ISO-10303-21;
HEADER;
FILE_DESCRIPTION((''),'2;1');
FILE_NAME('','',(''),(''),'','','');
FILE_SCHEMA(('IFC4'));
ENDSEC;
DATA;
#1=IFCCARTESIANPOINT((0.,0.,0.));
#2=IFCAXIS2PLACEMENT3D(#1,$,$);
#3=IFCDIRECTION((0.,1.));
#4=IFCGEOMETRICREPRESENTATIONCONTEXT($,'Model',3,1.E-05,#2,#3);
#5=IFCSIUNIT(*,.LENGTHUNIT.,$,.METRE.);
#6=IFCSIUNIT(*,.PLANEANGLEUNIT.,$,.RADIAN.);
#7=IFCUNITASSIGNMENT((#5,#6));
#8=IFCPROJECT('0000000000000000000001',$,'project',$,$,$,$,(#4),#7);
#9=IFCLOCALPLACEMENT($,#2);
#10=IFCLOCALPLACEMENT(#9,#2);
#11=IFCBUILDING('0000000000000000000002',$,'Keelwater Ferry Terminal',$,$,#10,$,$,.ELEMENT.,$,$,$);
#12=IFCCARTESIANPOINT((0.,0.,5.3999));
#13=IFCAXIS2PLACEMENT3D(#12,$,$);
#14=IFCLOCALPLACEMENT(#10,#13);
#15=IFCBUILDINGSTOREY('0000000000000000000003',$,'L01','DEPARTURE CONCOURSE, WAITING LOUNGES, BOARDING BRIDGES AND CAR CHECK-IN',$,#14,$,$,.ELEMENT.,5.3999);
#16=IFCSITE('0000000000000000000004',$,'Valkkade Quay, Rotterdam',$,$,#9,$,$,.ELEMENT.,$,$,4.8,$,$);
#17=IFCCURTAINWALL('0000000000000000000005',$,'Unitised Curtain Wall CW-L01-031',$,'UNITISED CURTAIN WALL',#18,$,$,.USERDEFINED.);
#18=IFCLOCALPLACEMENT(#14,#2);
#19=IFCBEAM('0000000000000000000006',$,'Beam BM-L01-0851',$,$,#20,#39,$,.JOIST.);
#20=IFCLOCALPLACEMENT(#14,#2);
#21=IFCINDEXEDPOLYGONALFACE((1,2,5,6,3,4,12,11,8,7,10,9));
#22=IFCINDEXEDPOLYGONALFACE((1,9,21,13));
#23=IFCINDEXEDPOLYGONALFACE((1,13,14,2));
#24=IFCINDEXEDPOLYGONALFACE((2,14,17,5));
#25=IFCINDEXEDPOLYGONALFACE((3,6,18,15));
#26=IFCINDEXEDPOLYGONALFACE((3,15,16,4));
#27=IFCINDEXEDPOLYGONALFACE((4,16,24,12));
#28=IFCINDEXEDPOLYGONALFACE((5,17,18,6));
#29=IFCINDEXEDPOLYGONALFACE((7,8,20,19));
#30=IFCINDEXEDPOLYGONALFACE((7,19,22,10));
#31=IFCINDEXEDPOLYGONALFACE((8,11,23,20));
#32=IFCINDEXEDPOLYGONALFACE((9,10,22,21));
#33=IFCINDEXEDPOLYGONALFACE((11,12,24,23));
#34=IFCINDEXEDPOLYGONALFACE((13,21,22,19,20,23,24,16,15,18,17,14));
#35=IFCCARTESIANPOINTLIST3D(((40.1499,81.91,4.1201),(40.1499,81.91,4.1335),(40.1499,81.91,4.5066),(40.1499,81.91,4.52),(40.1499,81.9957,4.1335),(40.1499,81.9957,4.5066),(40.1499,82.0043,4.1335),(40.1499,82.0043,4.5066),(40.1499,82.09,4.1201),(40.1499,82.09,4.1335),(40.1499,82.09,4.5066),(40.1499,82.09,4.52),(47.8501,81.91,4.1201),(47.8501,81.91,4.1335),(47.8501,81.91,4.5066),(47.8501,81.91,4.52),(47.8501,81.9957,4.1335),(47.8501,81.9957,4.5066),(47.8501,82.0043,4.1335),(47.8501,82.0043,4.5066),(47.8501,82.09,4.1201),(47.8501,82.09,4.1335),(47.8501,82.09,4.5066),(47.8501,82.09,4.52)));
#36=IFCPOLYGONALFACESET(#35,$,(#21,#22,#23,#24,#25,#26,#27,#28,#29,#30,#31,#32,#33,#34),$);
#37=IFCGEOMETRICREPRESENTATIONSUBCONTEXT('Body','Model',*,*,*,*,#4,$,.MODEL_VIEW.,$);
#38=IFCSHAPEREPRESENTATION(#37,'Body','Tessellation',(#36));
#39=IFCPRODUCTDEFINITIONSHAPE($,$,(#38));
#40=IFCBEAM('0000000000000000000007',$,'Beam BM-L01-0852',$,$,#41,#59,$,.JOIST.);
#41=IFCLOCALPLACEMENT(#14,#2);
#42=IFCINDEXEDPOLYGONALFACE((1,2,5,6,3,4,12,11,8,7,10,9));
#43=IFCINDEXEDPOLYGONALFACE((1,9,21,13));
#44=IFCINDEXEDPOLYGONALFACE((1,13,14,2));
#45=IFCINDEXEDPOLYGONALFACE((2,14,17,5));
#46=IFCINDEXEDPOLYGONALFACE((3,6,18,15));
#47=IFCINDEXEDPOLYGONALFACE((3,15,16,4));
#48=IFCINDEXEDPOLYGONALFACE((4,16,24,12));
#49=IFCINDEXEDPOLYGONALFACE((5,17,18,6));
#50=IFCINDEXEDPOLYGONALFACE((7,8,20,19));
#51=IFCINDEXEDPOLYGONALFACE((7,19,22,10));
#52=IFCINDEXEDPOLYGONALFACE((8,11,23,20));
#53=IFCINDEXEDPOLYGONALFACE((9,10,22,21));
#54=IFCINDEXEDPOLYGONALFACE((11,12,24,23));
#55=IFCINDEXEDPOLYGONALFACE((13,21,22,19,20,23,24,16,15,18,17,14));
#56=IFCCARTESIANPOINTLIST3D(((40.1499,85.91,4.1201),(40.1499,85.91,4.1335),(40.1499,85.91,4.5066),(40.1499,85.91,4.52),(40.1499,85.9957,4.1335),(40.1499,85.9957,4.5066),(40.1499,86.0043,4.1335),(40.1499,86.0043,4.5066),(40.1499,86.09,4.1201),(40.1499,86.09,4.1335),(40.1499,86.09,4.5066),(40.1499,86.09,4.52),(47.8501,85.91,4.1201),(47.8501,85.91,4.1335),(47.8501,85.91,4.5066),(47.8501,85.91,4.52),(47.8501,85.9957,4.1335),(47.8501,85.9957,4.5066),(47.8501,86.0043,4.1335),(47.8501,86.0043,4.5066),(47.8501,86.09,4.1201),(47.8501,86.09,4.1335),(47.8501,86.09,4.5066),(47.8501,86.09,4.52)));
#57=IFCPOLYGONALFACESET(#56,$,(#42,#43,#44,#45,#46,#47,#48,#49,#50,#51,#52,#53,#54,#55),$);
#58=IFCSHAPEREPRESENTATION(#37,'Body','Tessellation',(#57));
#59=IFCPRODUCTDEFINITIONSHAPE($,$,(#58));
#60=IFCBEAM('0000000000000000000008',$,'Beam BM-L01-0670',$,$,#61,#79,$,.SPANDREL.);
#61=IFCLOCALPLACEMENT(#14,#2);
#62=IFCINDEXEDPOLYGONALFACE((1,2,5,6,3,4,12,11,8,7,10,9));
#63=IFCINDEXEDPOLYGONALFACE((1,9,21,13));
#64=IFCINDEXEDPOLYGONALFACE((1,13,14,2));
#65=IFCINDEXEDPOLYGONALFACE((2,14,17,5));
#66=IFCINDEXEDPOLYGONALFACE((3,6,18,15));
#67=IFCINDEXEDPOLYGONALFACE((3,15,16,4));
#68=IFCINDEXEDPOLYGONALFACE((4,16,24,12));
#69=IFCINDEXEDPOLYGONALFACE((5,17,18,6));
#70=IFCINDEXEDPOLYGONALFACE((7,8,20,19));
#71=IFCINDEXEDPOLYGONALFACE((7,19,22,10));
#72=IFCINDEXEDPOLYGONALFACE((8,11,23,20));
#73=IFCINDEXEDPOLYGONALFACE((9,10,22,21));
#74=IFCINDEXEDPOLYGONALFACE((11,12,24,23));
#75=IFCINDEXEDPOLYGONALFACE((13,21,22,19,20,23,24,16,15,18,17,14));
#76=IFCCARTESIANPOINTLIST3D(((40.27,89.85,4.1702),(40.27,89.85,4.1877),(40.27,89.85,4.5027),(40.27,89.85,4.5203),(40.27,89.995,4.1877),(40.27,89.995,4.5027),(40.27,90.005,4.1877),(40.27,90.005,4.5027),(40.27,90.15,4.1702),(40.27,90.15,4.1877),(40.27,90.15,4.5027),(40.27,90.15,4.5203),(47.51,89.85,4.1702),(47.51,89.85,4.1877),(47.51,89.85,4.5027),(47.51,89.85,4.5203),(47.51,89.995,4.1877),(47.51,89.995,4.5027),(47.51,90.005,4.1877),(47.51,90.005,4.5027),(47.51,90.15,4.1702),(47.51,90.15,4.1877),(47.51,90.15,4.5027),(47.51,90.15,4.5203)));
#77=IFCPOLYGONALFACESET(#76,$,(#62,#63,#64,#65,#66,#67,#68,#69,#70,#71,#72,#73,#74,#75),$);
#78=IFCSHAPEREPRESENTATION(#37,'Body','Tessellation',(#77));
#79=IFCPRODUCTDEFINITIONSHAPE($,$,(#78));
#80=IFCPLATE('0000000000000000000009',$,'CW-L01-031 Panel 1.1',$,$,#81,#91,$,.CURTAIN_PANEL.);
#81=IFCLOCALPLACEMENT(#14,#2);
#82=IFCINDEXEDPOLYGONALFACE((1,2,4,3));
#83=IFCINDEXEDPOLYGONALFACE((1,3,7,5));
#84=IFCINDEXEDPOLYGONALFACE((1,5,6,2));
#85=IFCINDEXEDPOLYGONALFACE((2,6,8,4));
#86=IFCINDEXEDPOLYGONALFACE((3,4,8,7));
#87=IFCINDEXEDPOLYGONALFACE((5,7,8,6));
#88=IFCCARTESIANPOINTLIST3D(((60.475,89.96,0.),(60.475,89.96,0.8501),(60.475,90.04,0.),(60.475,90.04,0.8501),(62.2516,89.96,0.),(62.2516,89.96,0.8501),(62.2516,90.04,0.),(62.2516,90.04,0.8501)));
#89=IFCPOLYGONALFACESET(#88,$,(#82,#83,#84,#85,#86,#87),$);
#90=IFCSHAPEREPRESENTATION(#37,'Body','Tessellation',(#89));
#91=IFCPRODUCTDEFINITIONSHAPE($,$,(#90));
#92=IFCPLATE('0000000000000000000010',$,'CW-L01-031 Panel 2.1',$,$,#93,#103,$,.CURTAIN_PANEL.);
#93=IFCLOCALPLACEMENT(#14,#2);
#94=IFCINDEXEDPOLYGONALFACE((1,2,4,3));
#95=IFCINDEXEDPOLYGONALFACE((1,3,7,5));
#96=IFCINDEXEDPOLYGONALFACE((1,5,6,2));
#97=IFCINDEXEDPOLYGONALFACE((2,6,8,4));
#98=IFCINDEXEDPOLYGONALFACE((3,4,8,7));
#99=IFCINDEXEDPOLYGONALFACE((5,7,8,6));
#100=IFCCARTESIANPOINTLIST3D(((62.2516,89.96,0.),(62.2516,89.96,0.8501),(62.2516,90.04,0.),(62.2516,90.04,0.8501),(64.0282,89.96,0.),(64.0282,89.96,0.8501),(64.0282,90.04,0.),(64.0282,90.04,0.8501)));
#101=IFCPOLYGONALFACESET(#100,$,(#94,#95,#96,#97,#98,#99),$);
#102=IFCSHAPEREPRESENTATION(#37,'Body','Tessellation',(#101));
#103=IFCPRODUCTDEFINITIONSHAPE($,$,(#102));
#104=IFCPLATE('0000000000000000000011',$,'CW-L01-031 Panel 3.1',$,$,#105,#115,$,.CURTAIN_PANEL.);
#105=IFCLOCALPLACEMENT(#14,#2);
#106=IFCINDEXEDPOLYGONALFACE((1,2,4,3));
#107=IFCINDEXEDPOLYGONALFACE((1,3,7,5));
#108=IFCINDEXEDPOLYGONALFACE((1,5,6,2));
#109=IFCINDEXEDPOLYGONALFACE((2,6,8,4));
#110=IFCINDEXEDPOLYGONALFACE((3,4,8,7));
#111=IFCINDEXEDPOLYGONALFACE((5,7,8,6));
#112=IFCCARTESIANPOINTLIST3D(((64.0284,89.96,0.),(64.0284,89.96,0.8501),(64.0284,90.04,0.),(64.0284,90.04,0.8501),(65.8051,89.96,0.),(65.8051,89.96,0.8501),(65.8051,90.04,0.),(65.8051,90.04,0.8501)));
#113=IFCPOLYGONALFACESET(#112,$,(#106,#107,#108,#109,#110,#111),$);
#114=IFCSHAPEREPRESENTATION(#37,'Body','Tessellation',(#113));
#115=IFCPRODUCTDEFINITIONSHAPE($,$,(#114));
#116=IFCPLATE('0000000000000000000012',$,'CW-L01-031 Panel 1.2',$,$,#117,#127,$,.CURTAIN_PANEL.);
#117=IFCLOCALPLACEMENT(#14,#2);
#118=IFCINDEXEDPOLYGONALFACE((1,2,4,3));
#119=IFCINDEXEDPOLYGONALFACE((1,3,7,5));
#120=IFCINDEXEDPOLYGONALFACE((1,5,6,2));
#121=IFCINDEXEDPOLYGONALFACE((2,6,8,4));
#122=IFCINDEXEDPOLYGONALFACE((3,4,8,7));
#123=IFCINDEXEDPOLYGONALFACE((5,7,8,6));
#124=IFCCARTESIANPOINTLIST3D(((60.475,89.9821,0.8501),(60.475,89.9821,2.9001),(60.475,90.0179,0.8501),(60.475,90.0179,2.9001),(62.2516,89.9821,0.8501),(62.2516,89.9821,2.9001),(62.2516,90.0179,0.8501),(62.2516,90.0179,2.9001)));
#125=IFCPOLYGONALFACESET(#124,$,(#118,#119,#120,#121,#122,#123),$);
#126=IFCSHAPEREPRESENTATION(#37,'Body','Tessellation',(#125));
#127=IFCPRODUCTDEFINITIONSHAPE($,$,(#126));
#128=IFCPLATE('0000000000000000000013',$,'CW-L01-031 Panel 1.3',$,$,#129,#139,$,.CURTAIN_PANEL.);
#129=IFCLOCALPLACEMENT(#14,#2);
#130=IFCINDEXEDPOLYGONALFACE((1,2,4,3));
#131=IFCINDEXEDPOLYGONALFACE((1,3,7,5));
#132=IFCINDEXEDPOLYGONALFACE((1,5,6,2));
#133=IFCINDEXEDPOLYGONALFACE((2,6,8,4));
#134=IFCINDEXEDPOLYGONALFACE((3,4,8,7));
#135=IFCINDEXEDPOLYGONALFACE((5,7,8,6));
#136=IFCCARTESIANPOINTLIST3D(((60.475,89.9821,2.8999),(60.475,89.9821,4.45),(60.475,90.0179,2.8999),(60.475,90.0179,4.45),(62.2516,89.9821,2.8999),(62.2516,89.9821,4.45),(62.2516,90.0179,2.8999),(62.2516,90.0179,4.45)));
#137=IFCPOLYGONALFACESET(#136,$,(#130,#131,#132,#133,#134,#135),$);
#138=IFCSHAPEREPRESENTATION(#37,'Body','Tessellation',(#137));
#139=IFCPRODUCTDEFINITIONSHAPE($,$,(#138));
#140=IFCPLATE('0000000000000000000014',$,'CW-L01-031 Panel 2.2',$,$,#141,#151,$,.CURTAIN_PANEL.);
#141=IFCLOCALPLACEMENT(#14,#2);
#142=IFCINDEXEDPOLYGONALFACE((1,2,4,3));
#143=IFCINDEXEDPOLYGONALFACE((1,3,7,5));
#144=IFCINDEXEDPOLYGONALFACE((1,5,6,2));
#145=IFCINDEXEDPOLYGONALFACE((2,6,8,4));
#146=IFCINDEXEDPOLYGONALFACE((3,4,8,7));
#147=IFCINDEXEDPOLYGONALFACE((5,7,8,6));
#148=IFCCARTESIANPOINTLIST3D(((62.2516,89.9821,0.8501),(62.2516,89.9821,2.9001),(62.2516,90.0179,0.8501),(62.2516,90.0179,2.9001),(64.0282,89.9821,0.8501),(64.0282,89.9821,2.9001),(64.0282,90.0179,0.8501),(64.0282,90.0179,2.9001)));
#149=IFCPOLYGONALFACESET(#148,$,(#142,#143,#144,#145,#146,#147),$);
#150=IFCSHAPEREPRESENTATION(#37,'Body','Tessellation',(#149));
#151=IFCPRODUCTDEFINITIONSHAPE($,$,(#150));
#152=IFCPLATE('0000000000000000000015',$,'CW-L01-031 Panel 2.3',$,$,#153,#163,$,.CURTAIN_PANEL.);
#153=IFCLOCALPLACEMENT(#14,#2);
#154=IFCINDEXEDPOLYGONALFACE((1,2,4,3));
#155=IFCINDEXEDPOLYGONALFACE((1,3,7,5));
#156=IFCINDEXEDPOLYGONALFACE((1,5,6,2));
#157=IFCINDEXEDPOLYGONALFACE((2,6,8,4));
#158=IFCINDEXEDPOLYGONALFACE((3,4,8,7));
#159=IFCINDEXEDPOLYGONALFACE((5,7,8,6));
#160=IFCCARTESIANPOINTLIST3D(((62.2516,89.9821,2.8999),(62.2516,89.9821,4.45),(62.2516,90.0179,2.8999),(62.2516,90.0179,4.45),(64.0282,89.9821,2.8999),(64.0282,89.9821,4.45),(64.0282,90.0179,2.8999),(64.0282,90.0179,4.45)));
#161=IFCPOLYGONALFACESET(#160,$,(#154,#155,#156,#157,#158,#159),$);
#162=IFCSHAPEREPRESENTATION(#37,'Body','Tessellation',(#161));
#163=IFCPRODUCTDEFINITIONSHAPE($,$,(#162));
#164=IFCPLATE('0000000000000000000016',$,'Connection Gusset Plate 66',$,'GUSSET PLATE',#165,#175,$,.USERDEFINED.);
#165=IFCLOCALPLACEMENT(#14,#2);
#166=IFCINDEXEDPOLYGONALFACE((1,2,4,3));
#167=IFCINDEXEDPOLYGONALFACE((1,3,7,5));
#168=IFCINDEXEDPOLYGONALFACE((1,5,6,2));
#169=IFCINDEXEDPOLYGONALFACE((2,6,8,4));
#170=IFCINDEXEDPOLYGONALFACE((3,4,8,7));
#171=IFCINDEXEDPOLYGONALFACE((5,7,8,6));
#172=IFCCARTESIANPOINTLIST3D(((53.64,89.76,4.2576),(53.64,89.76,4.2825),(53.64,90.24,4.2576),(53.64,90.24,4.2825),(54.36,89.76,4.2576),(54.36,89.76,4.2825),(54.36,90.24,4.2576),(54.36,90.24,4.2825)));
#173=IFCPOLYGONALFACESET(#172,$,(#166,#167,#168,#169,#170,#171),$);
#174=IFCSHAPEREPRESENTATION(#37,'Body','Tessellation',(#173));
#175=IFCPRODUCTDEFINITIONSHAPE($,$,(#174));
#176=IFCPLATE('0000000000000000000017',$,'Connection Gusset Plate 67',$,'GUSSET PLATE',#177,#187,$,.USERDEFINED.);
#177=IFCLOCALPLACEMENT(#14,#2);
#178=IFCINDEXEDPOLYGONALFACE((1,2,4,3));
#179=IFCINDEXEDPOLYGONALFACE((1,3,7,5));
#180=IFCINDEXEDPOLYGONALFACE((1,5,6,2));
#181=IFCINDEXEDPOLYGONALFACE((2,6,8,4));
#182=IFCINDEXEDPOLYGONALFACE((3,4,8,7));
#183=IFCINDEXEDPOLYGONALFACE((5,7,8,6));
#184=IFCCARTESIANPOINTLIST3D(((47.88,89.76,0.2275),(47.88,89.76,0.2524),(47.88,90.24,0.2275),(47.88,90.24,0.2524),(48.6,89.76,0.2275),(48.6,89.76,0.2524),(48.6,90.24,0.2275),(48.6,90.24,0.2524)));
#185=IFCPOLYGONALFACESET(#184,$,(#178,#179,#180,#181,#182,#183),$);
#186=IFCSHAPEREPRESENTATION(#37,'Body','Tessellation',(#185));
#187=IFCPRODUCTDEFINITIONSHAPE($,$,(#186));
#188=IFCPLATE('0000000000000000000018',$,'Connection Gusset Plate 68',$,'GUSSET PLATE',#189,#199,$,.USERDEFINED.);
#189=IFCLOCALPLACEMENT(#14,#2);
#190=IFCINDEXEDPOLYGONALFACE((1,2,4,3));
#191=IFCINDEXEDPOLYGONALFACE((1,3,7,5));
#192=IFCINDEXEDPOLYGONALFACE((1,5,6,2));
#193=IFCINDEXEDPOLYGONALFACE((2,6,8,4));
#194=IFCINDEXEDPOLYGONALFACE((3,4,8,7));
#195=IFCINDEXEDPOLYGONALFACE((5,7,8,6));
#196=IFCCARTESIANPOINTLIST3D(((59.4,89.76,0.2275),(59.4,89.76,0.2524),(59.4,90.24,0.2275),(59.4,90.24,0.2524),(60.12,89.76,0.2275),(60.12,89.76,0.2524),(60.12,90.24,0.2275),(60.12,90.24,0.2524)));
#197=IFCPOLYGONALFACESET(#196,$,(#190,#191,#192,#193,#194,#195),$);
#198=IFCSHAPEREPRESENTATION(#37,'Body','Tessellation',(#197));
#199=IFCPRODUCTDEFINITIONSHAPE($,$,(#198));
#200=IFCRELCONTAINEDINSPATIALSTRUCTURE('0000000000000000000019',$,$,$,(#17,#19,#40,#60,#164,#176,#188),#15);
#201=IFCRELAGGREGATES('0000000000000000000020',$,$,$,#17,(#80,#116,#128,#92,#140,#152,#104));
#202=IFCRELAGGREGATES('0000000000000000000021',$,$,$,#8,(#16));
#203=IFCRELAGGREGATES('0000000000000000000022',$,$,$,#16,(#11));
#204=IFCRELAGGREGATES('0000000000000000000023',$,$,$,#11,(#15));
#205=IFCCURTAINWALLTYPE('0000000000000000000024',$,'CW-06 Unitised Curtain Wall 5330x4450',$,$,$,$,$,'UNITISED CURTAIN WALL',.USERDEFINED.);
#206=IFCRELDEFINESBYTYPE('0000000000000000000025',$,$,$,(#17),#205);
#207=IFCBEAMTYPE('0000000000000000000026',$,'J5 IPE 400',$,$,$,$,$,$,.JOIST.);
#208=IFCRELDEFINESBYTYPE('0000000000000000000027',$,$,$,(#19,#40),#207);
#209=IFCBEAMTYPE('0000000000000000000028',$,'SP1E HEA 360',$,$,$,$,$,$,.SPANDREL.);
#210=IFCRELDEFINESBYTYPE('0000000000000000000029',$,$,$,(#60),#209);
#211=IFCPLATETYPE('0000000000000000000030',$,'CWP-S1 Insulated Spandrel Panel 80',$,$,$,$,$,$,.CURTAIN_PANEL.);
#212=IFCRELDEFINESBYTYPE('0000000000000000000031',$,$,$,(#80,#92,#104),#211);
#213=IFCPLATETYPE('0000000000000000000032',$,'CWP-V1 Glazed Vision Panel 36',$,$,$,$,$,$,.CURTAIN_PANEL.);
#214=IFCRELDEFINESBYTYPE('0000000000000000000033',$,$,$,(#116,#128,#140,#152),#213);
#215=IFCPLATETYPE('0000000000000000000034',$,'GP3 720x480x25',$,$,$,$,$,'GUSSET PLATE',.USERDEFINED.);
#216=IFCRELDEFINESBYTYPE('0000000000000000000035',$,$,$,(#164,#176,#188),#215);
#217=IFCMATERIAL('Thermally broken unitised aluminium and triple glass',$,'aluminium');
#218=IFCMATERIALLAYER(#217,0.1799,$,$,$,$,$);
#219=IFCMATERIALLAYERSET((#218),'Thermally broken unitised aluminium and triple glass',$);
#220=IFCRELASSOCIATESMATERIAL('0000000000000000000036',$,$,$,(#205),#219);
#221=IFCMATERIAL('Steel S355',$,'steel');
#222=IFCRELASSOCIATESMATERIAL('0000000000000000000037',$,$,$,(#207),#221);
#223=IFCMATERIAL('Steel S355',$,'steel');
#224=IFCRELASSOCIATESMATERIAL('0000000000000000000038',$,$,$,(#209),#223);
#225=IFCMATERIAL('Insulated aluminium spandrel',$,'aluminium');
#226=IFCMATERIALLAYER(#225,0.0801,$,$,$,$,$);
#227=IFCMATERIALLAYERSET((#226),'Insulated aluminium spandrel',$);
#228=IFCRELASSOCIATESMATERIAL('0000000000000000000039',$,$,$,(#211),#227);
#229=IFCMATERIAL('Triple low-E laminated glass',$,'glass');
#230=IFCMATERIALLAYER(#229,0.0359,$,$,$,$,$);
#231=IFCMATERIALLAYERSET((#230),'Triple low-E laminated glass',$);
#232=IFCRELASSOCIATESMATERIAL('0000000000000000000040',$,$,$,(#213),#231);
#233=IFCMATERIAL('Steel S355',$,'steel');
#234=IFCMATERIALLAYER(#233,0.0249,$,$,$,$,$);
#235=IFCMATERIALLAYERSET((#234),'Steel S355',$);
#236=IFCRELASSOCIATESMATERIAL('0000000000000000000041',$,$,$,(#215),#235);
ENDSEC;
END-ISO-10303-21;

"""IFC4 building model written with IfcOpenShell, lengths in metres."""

from ifc_helpers import new_model, si_unit, direction, frame, origin, origin_2d, place, context, subcontext, project, spatial, rectangle, i_section, extrude, material, layer, layer_set, material_profile, profile_set, type_object, element, aggregate, save


model = new_model("IFC4")

# Units and contexts
model_context = context("Model", 3, precision=1e-05, world=origin(), true_north=direction((0.0, 1.0)))
body_context = subcontext(model_context, "Body", "Model", "MODEL_VIEW")
ifc_project = project(units=[si_unit("LENGTHUNIT", "METRE"), si_unit("PLANEANGLEUNIT", "RADIAN")], contexts=[model_context])

# Site, building, storey
site_placement = place(None, origin())
site = spatial("IfcSite", under=ifc_project, at=site_placement, Name="Valkkade Quay, Rotterdam", CompositionType="ELEMENT", RefElevation=4.8)
building_placement = place(site_placement, origin())
building = spatial("IfcBuilding", under=site, at=building_placement, Name="Keelwater Ferry Terminal", CompositionType="ELEMENT")
storey_placement = place(building_placement, frame((0.0, 0.0, 5.3999)))
storey = spatial("IfcBuildingStorey", under=building, at=storey_placement, Name="L01", Description="DEPARTURE CONCOURSE, WAITING LOUNGES, BOARDING BRIDGES AND CAR CHECK-IN", CompositionType="ELEMENT", Elevation=5.3999)

# Curtain wall
ifc_material_1 = material(Name="Thermally broken unitised aluminium and triple glass", Category="aluminium")
ifc_layer_1 = layer(ifc_material_1, 0.1799)
ifc_layer_set_1 = layer_set([ifc_layer_1], Name="Thermally broken unitised aluminium and triple glass")
curtain_wall_type = type_object("IfcCurtainWallType", Name="CW-06 Unitised Curtain Wall 5330x4450", ElementType="UNITISED CURTAIN WALL", PredefinedType="USERDEFINED", material=ifc_layer_set_1)
curtain_wall_placement = place(storey_placement, origin())
curtain_wall = element("IfcCurtainWall", 1, at=curtain_wall_placement, inside=storey, type_object=curtain_wall_type, Name="Unitised Curtain Wall CW-L01-031", ObjectType="UNITISED CURTAIN WALL", PredefinedType="USERDEFINED")

# Beams
ifc_material_2 = material(Name="Steel S355", Category="steel")
ifc_material_profile_1 = material_profile(ifc_material_2, i_section(OverallWidth=0.1799, OverallDepth=0.3999, WebThickness=0.0085, FlangeThickness=0.0134, at=origin_2d()), Name="IPE 400")
ifc_profile_set_1 = profile_set([ifc_material_profile_1], Name="Steel S355")
beam_type_1 = type_object("IfcBeamType", Name="J5 IPE 400", PredefinedType="JOIST", material=ifc_profile_set_1)
for number, where, z_axis, x_axis, name in (
    (2, (40.1499, 82.0, 4.3201), (1.0, 0.0, 0.0), (0.0, 1.0, 0.0), "Beam BM-L01-0851"),
    (3, (40.1499, 86.0, 4.3201), (1.0, 0.0, 0.0), (0.0, 1.0, 0.0), "Beam BM-L01-0852"),
):
    element("IfcBeam", number, at=place(storey_placement, frame(where, z_axis=z_axis, x_axis=x_axis)), inside=storey, type_object=beam_type_1, Name=name, PredefinedType="JOIST", context=body_context, shape_type="SweptSolid", body=[
        extrude(i_section(OverallWidth=0.1799, OverallDepth=0.3999, WebThickness=0.0085, FlangeThickness=0.0134, at=origin_2d()), origin(), (0.0, 0.0, 1.0), 7.7002),
    ])
ifc_material_3 = material(Name="Steel S355", Category="steel")
ifc_material_profile_2 = material_profile(ifc_material_3, i_section(OverallWidth=0.3, OverallDepth=0.3501, WebThickness=0.01, FlangeThickness=0.0176, at=origin_2d()), Name="HEA 360")
ifc_profile_set_2 = profile_set([ifc_material_profile_2], Name="Steel S355")
beam_type_2 = type_object("IfcBeamType", Name="SP1E HEA 360", PredefinedType="SPANDREL", material=ifc_profile_set_2)
beam_1_placement = place(storey_placement, frame((40.27, 90.0, 4.3452), z_axis=(1.0, 0.0, 0.0), x_axis=(0.0, 1.0, 0.0)))
element("IfcBeam", 4, at=beam_1_placement, inside=storey, type_object=beam_type_2, Name="Beam BM-L01-0670", PredefinedType="SPANDREL", context=body_context, shape_type="SweptSolid", body=[
    extrude(i_section(OverallWidth=0.3, OverallDepth=0.3501, WebThickness=0.01, FlangeThickness=0.0176, at=origin_2d()), origin(), (0.0, 0.0, 1.0), 7.24),
])

# Plates
ifc_material_4 = material(Name="Insulated aluminium spandrel", Category="aluminium")
ifc_layer_2 = layer(ifc_material_4, 0.0801)
ifc_layer_set_2 = layer_set([ifc_layer_2], Name="Insulated aluminium spandrel")
plate_type_1 = type_object("IfcPlateType", Name="CWP-S1 Insulated Spandrel Panel 80", PredefinedType="CURTAIN_PANEL", material=ifc_layer_set_2)
plate_1_placement = place(storey_placement, frame((61.3633, 90.0, 0.0), z_axis=(0.0, 0.0, 1.0), x_axis=(1.0, 0.0, 0.0)))
plate_1 = element("IfcPlate", 5, at=plate_1_placement, type_object=plate_type_1, Name="CW-L01-031 Panel 1.1", PredefinedType="CURTAIN_PANEL", context=body_context, shape_type="SweptSolid", body=[
    extrude(rectangle(XDim=1.7766, YDim=0.0801, at=origin_2d()), origin(), (0.0, 0.0, 1.0), 0.8501),
])
plate_2_placement = place(storey_placement, frame((63.1399, 90.0, 0.0), z_axis=(0.0, 0.0, 1.0), x_axis=(1.0, 0.0, 0.0)))
plate_2 = element("IfcPlate", 6, at=plate_2_placement, type_object=plate_type_1, Name="CW-L01-031 Panel 2.1", PredefinedType="CURTAIN_PANEL", context=body_context, shape_type="SweptSolid", body=[
    extrude(rectangle(XDim=1.7766, YDim=0.0801, at=origin_2d()), origin(), (0.0, 0.0, 1.0), 0.8501),
])
plate_3_placement = place(storey_placement, frame((64.9167, 90.0, 0.0), z_axis=(0.0, 0.0, 1.0), x_axis=(1.0, 0.0, 0.0)))
plate_3 = element("IfcPlate", 7, at=plate_3_placement, type_object=plate_type_1, Name="CW-L01-031 Panel 3.1", PredefinedType="CURTAIN_PANEL", context=body_context, shape_type="SweptSolid", body=[
    extrude(rectangle(XDim=1.7766, YDim=0.0801, at=origin_2d()), origin(), (0.0, 0.0, 1.0), 0.8501),
])
ifc_material_5 = material(Name="Triple low-E laminated glass", Category="glass")
ifc_layer_3 = layer(ifc_material_5, 0.0359)
ifc_layer_set_3 = layer_set([ifc_layer_3], Name="Triple low-E laminated glass")
plate_type_2 = type_object("IfcPlateType", Name="CWP-V1 Glazed Vision Panel 36", PredefinedType="CURTAIN_PANEL", material=ifc_layer_set_3)
plate_4_placement = place(storey_placement, frame((61.3633, 90.0, 0.8501), z_axis=(0.0, 0.0, 1.0), x_axis=(1.0, 0.0, 0.0)))
plate_4 = element("IfcPlate", 8, at=plate_4_placement, type_object=plate_type_2, Name="CW-L01-031 Panel 1.2", PredefinedType="CURTAIN_PANEL", context=body_context, shape_type="SweptSolid", body=[
    extrude(rectangle(XDim=1.7766, YDim=0.0359, at=origin_2d()), origin(), (0.0, 0.0, 1.0), 2.05),
])
plate_5_placement = place(storey_placement, frame((61.3633, 90.0, 2.8999), z_axis=(0.0, 0.0, 1.0), x_axis=(1.0, 0.0, 0.0)))
plate_5 = element("IfcPlate", 9, at=plate_5_placement, type_object=plate_type_2, Name="CW-L01-031 Panel 1.3", PredefinedType="CURTAIN_PANEL", context=body_context, shape_type="SweptSolid", body=[
    extrude(rectangle(XDim=1.7766, YDim=0.0359, at=origin_2d()), origin(), (0.0, 0.0, 1.0), 1.55),
])
plate_6_placement = place(storey_placement, frame((63.1399, 90.0, 0.8501), z_axis=(0.0, 0.0, 1.0), x_axis=(1.0, 0.0, 0.0)))
plate_6 = element("IfcPlate", 10, at=plate_6_placement, type_object=plate_type_2, Name="CW-L01-031 Panel 2.2", PredefinedType="CURTAIN_PANEL", context=body_context, shape_type="SweptSolid", body=[
    extrude(rectangle(XDim=1.7766, YDim=0.0359, at=origin_2d()), origin(), (0.0, 0.0, 1.0), 2.05),
])
plate_7_placement = place(storey_placement, frame((63.1399, 90.0, 2.8999), z_axis=(0.0, 0.0, 1.0), x_axis=(1.0, 0.0, 0.0)))
plate_7 = element("IfcPlate", 11, at=plate_7_placement, type_object=plate_type_2, Name="CW-L01-031 Panel 2.3", PredefinedType="CURTAIN_PANEL", context=body_context, shape_type="SweptSolid", body=[
    extrude(rectangle(XDim=1.7766, YDim=0.0359, at=origin_2d()), origin(), (0.0, 0.0, 1.0), 1.55),
])
aggregate(curtain_wall, [plate_1, plate_4, plate_5, plate_2, plate_6, plate_7, plate_3])

# Plates
ifc_material_6 = material(Name="Steel S355", Category="steel")
ifc_layer_4 = layer(ifc_material_6, 0.0249)
ifc_layer_set_4 = layer_set([ifc_layer_4], Name="Steel S355")
plate_type_3 = type_object("IfcPlateType", Name="GP3 720x480x25", ElementType="GUSSET PLATE", PredefinedType="USERDEFINED", material=ifc_layer_set_4)
for number, where, z_axis, x_axis, name in (
    (12, (54.0, 90.0, 4.2576), (0.0, 0.0, 1.0), (1.0, 0.0, 0.0), "Connection Gusset Plate 66"),
    (13, (48.24, 90.0, 0.2275), (0.0, 0.0, 1.0), (1.0, 0.0, 0.0), "Connection Gusset Plate 67"),
    (14, (59.76, 90.0, 0.2275), (0.0, 0.0, 1.0), (1.0, 0.0, 0.0), "Connection Gusset Plate 68"),
):
    element("IfcPlate", number, at=place(storey_placement, frame(where, z_axis=z_axis, x_axis=x_axis)), inside=storey, type_object=plate_type_3, Name=name, ObjectType="GUSSET PLATE", PredefinedType="USERDEFINED", context=body_context, shape_type="SweptSolid", body=[
        extrude(rectangle(XDim=0.72, YDim=0.48, at=origin_2d()), origin(), (0.0, 0.0, 1.0), 0.0249),
    ])

save(model, "model.ifc")
